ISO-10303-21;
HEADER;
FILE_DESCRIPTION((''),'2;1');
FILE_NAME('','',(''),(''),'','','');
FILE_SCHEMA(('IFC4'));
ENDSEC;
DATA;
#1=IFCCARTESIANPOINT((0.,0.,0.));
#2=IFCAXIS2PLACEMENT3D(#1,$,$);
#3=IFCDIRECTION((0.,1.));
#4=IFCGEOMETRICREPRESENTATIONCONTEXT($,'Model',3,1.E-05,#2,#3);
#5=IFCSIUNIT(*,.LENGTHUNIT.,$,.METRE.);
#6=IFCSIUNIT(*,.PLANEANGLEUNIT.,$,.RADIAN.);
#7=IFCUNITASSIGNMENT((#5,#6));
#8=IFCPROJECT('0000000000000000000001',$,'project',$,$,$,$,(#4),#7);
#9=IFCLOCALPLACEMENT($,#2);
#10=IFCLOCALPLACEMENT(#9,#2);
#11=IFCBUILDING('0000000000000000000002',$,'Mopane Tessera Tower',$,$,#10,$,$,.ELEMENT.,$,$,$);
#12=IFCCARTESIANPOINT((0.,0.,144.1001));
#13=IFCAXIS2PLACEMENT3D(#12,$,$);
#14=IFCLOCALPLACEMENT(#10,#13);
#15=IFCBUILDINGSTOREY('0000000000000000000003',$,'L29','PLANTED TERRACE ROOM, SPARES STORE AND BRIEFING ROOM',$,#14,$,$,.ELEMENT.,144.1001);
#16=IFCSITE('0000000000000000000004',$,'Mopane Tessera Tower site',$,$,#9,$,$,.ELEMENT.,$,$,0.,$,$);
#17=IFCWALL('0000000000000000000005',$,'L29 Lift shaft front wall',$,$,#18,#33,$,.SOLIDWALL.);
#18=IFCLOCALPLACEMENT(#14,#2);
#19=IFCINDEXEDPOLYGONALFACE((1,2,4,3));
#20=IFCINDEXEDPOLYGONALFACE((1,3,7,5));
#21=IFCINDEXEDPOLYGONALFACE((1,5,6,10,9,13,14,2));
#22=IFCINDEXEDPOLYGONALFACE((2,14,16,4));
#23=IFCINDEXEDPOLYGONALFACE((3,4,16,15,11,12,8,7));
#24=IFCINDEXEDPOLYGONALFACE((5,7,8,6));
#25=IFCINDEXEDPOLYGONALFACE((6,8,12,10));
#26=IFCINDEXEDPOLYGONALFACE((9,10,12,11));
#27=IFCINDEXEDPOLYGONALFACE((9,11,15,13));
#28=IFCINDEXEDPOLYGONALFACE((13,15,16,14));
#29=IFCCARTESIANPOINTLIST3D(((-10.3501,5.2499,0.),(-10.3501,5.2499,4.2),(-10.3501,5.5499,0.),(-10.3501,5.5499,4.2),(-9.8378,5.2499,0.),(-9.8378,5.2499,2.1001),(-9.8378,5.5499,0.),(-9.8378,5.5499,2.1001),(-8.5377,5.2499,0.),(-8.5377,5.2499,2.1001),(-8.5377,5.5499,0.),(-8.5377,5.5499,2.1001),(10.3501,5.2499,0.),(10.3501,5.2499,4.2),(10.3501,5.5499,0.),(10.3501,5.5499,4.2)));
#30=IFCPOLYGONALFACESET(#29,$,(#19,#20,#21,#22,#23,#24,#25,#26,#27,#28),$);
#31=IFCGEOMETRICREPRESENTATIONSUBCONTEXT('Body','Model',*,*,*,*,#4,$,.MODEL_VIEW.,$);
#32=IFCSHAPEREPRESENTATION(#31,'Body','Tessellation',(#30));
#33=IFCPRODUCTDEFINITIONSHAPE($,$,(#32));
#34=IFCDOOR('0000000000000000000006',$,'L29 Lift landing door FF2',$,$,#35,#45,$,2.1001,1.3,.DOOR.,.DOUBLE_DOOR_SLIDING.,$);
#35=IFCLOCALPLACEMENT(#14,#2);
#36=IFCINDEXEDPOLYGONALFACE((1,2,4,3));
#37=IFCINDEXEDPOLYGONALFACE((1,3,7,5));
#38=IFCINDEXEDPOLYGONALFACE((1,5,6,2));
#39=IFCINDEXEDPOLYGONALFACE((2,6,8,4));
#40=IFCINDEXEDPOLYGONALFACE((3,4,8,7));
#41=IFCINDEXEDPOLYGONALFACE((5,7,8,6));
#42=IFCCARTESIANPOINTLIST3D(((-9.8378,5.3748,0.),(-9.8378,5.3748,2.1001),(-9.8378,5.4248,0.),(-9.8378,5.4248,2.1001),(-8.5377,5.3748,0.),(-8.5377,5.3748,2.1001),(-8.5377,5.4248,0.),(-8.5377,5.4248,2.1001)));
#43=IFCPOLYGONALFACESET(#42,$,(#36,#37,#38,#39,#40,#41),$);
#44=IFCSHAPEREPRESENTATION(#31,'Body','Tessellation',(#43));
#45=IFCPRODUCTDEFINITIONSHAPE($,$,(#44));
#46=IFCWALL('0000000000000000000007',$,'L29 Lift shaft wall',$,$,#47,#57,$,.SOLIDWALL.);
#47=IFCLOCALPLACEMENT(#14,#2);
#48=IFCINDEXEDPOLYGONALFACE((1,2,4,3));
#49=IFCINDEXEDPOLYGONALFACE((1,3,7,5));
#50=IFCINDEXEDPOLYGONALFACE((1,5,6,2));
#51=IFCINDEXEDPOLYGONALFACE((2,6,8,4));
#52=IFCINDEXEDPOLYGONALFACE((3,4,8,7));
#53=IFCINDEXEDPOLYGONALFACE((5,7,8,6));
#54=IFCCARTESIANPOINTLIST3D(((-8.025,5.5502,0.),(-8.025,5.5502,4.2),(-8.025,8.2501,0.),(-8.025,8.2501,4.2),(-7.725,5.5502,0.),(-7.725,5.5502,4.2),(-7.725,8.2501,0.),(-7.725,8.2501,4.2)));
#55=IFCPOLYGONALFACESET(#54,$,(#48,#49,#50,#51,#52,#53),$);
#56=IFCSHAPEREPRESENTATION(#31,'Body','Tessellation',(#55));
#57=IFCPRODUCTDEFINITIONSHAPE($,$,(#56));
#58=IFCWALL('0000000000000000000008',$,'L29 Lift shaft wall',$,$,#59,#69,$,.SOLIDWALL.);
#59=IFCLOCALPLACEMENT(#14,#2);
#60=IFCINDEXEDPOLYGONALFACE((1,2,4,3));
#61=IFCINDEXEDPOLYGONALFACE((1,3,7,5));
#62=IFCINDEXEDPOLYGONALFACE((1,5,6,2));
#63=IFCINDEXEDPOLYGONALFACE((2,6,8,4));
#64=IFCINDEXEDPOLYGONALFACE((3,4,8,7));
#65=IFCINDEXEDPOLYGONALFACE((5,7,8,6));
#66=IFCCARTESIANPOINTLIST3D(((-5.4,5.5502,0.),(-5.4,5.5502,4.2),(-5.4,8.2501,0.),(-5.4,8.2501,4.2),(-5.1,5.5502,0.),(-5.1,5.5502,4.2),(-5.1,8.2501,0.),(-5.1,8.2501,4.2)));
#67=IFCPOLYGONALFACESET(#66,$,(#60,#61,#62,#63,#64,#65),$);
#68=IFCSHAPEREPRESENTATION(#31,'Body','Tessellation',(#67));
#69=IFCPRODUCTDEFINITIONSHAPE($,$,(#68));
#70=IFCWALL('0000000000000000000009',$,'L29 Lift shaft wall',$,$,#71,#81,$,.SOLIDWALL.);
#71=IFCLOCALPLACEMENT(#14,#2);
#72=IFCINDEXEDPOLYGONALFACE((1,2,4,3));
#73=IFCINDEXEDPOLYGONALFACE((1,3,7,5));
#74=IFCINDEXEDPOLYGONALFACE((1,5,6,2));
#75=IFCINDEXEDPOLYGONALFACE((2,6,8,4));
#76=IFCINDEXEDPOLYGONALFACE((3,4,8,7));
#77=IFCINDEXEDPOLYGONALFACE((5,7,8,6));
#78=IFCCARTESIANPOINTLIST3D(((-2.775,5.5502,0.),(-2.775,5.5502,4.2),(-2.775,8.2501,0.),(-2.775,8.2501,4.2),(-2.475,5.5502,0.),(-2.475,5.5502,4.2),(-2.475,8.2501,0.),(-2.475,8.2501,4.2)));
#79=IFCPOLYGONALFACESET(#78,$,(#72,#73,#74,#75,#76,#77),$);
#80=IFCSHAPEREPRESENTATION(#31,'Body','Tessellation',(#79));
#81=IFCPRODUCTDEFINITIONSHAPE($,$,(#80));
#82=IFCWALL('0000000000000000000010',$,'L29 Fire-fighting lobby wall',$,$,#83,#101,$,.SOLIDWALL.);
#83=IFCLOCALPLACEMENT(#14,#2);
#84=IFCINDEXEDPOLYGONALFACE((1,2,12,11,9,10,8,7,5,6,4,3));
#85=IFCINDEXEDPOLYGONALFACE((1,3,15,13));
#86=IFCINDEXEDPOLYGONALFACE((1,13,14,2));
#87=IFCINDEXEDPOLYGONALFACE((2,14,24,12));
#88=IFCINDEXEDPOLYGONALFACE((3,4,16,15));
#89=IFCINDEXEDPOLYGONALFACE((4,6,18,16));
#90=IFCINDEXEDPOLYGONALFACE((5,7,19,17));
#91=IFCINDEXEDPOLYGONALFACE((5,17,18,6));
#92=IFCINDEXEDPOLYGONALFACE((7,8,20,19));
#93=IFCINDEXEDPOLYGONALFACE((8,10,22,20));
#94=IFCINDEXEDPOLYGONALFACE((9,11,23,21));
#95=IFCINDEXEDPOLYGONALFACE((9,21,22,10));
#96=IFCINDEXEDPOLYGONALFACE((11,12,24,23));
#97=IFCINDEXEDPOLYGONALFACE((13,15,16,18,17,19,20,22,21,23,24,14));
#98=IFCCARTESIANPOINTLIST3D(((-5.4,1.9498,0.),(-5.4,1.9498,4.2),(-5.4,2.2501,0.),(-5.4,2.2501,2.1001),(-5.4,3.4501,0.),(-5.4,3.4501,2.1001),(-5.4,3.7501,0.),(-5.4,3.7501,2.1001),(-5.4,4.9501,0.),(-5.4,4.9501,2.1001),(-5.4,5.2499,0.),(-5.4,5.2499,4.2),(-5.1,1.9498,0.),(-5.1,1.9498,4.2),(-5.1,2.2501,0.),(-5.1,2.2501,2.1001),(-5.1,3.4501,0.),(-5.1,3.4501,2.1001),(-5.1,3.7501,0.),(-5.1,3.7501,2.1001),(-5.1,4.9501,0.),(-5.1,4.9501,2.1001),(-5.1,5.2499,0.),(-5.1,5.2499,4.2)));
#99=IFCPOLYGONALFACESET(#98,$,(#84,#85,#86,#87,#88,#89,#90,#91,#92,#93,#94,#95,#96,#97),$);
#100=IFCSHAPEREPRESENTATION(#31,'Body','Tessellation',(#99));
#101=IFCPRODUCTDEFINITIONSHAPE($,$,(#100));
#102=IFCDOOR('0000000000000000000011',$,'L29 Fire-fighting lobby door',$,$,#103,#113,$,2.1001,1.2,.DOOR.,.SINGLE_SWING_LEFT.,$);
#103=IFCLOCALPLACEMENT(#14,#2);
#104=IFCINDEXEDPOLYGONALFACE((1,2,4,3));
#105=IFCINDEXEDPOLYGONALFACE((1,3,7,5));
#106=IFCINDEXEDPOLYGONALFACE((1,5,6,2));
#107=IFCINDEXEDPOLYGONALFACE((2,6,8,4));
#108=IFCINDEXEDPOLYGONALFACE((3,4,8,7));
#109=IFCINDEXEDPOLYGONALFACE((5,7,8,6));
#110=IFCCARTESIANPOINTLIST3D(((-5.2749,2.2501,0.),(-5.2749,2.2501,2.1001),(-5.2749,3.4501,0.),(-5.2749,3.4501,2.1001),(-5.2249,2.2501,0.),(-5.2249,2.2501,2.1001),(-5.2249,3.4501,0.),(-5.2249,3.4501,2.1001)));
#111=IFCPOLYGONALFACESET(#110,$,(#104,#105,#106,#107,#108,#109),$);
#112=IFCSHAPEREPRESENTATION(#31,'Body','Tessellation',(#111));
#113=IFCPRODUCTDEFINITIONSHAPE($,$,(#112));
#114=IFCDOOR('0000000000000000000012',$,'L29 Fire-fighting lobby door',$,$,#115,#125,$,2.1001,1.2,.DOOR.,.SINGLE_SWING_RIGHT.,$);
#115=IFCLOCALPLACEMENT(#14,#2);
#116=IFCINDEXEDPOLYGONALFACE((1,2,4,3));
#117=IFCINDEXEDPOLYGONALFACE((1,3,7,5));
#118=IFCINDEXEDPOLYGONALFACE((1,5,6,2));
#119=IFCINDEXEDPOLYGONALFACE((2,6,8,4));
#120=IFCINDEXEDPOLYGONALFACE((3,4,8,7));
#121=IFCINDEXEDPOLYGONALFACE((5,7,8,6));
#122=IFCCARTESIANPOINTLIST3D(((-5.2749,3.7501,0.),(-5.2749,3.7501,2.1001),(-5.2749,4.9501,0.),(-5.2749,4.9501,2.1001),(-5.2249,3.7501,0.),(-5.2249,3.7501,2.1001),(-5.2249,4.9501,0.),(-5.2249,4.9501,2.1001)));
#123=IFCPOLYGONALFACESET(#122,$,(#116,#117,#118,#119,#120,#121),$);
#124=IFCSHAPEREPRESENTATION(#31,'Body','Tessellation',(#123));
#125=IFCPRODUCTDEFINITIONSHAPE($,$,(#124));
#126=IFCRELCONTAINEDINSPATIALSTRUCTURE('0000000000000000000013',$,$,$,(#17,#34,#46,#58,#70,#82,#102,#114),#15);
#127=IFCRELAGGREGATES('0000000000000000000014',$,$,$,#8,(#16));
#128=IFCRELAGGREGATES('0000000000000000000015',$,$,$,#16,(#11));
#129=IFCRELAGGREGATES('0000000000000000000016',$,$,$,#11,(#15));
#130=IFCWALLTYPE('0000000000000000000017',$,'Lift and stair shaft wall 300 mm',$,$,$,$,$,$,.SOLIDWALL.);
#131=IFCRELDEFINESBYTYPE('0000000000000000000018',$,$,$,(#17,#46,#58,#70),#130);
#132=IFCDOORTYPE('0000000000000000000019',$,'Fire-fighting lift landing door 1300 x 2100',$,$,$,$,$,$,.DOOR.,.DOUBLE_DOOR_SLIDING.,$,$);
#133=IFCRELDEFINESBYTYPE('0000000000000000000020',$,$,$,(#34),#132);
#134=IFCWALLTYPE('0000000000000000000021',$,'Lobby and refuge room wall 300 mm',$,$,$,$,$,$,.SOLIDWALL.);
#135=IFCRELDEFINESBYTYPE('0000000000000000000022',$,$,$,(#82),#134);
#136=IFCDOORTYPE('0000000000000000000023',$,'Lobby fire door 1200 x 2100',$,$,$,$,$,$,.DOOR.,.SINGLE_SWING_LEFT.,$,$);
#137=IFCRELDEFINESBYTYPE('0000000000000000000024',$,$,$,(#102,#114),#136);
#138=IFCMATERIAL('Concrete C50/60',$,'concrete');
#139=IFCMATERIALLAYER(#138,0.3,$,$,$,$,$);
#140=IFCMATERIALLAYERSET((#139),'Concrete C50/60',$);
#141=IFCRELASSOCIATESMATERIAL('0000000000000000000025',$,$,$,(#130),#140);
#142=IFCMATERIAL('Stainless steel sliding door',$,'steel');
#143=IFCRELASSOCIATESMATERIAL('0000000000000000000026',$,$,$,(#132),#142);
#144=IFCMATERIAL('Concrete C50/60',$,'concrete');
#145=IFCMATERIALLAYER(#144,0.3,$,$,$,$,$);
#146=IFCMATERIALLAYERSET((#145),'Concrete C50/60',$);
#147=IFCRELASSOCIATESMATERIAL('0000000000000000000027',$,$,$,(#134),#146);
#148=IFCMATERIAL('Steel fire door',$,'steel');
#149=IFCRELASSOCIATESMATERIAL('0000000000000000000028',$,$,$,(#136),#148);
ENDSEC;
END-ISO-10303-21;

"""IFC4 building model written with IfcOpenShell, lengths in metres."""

from ifc_helpers import new_model, si_unit, direction, frame, frame_2d, origin, place, context, subcontext, project, spatial, rectangle, extrude, material, layer, layer_set, type_object, element, fill, save


model = new_model("IFC4")

# Units and contexts
model_context = context("Model", 3, precision=1e-05, world=origin(), true_north=direction((0.0, 1.0)))
body_context = subcontext(model_context, "Body", "Model", "MODEL_VIEW")
ifc_project = project(units=[si_unit("LENGTHUNIT", "METRE"), si_unit("PLANEANGLEUNIT", "RADIAN")], contexts=[model_context])

# Site, building, storey
site_placement = place(None, origin())
site = spatial("IfcSite", under=ifc_project, at=site_placement, Name="Mopane Tessera Tower site", CompositionType="ELEMENT", RefElevation=0.0)
building_placement = place(site_placement, origin())
building = spatial("IfcBuilding", under=site, at=building_placement, Name="Mopane Tessera Tower", CompositionType="ELEMENT")
storey_placement = place(building_placement, frame((0.0, 0.0, 144.1001)))
storey = spatial("IfcBuildingStorey", under=building, at=storey_placement, Name="L29", Description="PLANTED TERRACE ROOM, SPARES STORE AND BRIEFING ROOM", CompositionType="ELEMENT", Elevation=144.1001)

# Shared definitions
ifc_material_1 = material(Name="Concrete C50/60", Category="concrete")
ifc_layer_1 = layer(ifc_material_1, 0.3)
ifc_layer_set_1 = layer_set([ifc_layer_1], Name="Concrete C50/60")
wall_type_1 = type_object("IfcWallType", Name="Lift and stair shaft wall 300 mm", PredefinedType="SOLIDWALL", material=ifc_layer_set_1)
ifc_material_2 = material(Name="Stainless steel sliding door", Category="steel")
door_type_1 = type_object("IfcDoorType", Name="Fire-fighting lift landing door 1300 x 2100", OperationType="DOUBLE_DOOR_SLIDING", PredefinedType="DOOR", material=ifc_material_2)

# Wall, opening, door
wall_1_placement = place(storey_placement, frame((-10.3501, 5.3999, 0.0), z_axis=(0.0, 0.0, 1.0), x_axis=(1.0, 0.0, 0.0)))
wall_1 = element("IfcWall", 1, at=wall_1_placement, inside=storey, type_object=wall_type_1, Name="L29 Lift shaft front wall", PredefinedType="SOLIDWALL", context=body_context, shape_type="SweptSolid", body=[
    extrude(rectangle(XDim=20.7002, YDim=0.3, at=frame_2d((10.3501, 0.0))), origin(), (0.0, 0.0, 1.0), 4.2),
])
opening_1_placement = place(wall_1_placement, frame((0.5125, 0.0, 0.0)))
opening_1 = element("IfcOpeningElement", 2, at=opening_1_placement, cuts=wall_1, PredefinedType="OPENING", context=body_context, shape_type="SweptSolid", body=[
    extrude(rectangle(XDim=1.3, YDim=2.1001, at=frame_2d((0.6499, 1.05))), frame((0.0, 0.1621, 0.0), z_axis=(0.0, -1.0, 0.0), x_axis=(1.0, 0.0, 0.0)), (0.0, 0.0, 1.0), 0.324),
])
door_1_placement = place(opening_1_placement, origin())
door_1 = element("IfcDoor", 3, at=door_1_placement, inside=storey, type_object=door_type_1, Name="L29 Lift landing door FF2", OperationType="DOUBLE_DOOR_SLIDING", OverallHeight=2.1001, OverallWidth=1.3, PredefinedType="DOOR", context=body_context, shape_type="SweptSolid", body=[
    extrude(rectangle(XDim=1.3, YDim=2.1001, at=frame_2d((0.6499, 1.05))), frame((0.0, 0.0249, 0.0), z_axis=(0.0, -1.0, 0.0), x_axis=(1.0, 0.0, 0.0)), (0.0, 0.0, 1.0), 0.05),
])
fill(opening_1, door_1)

# Walls
for number, where, z_axis, x_axis, name in (
    (4, (-7.875, 5.55, 0.0), (0.0, 0.0, 1.0), (0.0, 1.0, 0.0), "L29 Lift shaft wall"),
    (5, (-5.25, 5.55, 0.0), (0.0, 0.0, 1.0), (0.0, 1.0, 0.0), "L29 Lift shaft wall"),
    (6, (-2.625, 5.55, 0.0), (0.0, 0.0, 1.0), (0.0, 1.0, 0.0), "L29 Lift shaft wall"),
):
    element("IfcWall", number, at=place(storey_placement, frame(where, z_axis=z_axis, x_axis=x_axis)), inside=storey, type_object=wall_type_1, Name=name, PredefinedType="SOLIDWALL", context=body_context, shape_type="SweptSolid", body=[
        extrude(rectangle(XDim=2.7, YDim=0.3, at=frame_2d((1.3501, 0.0))), origin(), (0.0, 0.0, 1.0), 4.2),
    ])

# Wall, openings, doors
ifc_material_3 = material(Name="Concrete C50/60", Category="concrete")
ifc_layer_2 = layer(ifc_material_3, 0.3)
ifc_layer_set_2 = layer_set([ifc_layer_2], Name="Concrete C50/60")
wall_type_2 = type_object("IfcWallType", Name="Lobby and refuge room wall 300 mm", PredefinedType="SOLIDWALL", material=ifc_layer_set_2)
wall_2_placement = place(storey_placement, frame((-5.25, 1.95, 0.0), z_axis=(0.0, 0.0, 1.0), x_axis=(0.0, 1.0, 0.0)))
wall_2 = element("IfcWall", 7, at=wall_2_placement, inside=storey, type_object=wall_type_2, Name="L29 Fire-fighting lobby wall", PredefinedType="SOLIDWALL", context=body_context, shape_type="SweptSolid", body=[
    extrude(rectangle(XDim=3.3, YDim=0.3, at=frame_2d((1.6499, 0.0))), origin(), (0.0, 0.0, 1.0), 4.2),
])
opening_2_placement = place(wall_2_placement, frame((0.3, 0.0, 0.0)))
opening_2 = element("IfcOpeningElement", 8, at=opening_2_placement, cuts=wall_2, PredefinedType="OPENING", context=body_context, shape_type="SweptSolid", body=[
    extrude(rectangle(XDim=1.2, YDim=2.1001, at=frame_2d((0.6001, 1.05))), frame((0.0, 0.1621, 0.0), z_axis=(0.0, -1.0, 0.0), x_axis=(1.0, 0.0, 0.0)), (0.0, 0.0, 1.0), 0.324),
])
opening_3_placement = place(wall_2_placement, frame((1.8, 0.0, 0.0)))
opening_3 = element("IfcOpeningElement", 9, at=opening_3_placement, cuts=wall_2, PredefinedType="OPENING", context=body_context, shape_type="SweptSolid", body=[
    extrude(rectangle(XDim=1.2, YDim=2.1001, at=frame_2d((0.6001, 1.05))), frame((0.0, 0.1621, 0.0), z_axis=(0.0, -1.0, 0.0), x_axis=(1.0, 0.0, 0.0)), (0.0, 0.0, 1.0), 0.324),
])
ifc_material_4 = material(Name="Steel fire door", Category="steel")
door_type_2 = type_object("IfcDoorType", Name="Lobby fire door 1200 x 2100", OperationType="SINGLE_SWING_LEFT", PredefinedType="DOOR", material=ifc_material_4)
door_2_placement = place(opening_2_placement, origin())
door_2 = element("IfcDoor", 10, at=door_2_placement, inside=storey, type_object=door_type_2, Name="L29 Fire-fighting lobby door", OperationType="SINGLE_SWING_LEFT", OverallHeight=2.1001, OverallWidth=1.2, PredefinedType="DOOR", context=body_context, shape_type="SweptSolid", body=[
    extrude(rectangle(XDim=1.2, YDim=2.1001, at=frame_2d((0.6001, 1.05))), frame((0.0, 0.0249, 0.0), z_axis=(0.0, -1.0, 0.0), x_axis=(1.0, 0.0, 0.0)), (0.0, 0.0, 1.0), 0.05),
])
fill(opening_2, door_2)
door_3_placement = place(opening_3_placement, origin())
door_3 = element("IfcDoor", 11, at=door_3_placement, inside=storey, type_object=door_type_2, Name="L29 Fire-fighting lobby door", OperationType="SINGLE_SWING_RIGHT", OverallHeight=2.1001, OverallWidth=1.2, PredefinedType="DOOR", context=body_context, shape_type="SweptSolid", body=[
    extrude(rectangle(XDim=1.2, YDim=2.1001, at=frame_2d((0.6001, 1.05))), frame((0.0, 0.0249, 0.0), z_axis=(0.0, -1.0, 0.0), x_axis=(1.0, 0.0, 0.0)), (0.0, 0.0, 1.0), 0.05),
])
fill(opening_3, door_3)

save(model, "model.ifc")
